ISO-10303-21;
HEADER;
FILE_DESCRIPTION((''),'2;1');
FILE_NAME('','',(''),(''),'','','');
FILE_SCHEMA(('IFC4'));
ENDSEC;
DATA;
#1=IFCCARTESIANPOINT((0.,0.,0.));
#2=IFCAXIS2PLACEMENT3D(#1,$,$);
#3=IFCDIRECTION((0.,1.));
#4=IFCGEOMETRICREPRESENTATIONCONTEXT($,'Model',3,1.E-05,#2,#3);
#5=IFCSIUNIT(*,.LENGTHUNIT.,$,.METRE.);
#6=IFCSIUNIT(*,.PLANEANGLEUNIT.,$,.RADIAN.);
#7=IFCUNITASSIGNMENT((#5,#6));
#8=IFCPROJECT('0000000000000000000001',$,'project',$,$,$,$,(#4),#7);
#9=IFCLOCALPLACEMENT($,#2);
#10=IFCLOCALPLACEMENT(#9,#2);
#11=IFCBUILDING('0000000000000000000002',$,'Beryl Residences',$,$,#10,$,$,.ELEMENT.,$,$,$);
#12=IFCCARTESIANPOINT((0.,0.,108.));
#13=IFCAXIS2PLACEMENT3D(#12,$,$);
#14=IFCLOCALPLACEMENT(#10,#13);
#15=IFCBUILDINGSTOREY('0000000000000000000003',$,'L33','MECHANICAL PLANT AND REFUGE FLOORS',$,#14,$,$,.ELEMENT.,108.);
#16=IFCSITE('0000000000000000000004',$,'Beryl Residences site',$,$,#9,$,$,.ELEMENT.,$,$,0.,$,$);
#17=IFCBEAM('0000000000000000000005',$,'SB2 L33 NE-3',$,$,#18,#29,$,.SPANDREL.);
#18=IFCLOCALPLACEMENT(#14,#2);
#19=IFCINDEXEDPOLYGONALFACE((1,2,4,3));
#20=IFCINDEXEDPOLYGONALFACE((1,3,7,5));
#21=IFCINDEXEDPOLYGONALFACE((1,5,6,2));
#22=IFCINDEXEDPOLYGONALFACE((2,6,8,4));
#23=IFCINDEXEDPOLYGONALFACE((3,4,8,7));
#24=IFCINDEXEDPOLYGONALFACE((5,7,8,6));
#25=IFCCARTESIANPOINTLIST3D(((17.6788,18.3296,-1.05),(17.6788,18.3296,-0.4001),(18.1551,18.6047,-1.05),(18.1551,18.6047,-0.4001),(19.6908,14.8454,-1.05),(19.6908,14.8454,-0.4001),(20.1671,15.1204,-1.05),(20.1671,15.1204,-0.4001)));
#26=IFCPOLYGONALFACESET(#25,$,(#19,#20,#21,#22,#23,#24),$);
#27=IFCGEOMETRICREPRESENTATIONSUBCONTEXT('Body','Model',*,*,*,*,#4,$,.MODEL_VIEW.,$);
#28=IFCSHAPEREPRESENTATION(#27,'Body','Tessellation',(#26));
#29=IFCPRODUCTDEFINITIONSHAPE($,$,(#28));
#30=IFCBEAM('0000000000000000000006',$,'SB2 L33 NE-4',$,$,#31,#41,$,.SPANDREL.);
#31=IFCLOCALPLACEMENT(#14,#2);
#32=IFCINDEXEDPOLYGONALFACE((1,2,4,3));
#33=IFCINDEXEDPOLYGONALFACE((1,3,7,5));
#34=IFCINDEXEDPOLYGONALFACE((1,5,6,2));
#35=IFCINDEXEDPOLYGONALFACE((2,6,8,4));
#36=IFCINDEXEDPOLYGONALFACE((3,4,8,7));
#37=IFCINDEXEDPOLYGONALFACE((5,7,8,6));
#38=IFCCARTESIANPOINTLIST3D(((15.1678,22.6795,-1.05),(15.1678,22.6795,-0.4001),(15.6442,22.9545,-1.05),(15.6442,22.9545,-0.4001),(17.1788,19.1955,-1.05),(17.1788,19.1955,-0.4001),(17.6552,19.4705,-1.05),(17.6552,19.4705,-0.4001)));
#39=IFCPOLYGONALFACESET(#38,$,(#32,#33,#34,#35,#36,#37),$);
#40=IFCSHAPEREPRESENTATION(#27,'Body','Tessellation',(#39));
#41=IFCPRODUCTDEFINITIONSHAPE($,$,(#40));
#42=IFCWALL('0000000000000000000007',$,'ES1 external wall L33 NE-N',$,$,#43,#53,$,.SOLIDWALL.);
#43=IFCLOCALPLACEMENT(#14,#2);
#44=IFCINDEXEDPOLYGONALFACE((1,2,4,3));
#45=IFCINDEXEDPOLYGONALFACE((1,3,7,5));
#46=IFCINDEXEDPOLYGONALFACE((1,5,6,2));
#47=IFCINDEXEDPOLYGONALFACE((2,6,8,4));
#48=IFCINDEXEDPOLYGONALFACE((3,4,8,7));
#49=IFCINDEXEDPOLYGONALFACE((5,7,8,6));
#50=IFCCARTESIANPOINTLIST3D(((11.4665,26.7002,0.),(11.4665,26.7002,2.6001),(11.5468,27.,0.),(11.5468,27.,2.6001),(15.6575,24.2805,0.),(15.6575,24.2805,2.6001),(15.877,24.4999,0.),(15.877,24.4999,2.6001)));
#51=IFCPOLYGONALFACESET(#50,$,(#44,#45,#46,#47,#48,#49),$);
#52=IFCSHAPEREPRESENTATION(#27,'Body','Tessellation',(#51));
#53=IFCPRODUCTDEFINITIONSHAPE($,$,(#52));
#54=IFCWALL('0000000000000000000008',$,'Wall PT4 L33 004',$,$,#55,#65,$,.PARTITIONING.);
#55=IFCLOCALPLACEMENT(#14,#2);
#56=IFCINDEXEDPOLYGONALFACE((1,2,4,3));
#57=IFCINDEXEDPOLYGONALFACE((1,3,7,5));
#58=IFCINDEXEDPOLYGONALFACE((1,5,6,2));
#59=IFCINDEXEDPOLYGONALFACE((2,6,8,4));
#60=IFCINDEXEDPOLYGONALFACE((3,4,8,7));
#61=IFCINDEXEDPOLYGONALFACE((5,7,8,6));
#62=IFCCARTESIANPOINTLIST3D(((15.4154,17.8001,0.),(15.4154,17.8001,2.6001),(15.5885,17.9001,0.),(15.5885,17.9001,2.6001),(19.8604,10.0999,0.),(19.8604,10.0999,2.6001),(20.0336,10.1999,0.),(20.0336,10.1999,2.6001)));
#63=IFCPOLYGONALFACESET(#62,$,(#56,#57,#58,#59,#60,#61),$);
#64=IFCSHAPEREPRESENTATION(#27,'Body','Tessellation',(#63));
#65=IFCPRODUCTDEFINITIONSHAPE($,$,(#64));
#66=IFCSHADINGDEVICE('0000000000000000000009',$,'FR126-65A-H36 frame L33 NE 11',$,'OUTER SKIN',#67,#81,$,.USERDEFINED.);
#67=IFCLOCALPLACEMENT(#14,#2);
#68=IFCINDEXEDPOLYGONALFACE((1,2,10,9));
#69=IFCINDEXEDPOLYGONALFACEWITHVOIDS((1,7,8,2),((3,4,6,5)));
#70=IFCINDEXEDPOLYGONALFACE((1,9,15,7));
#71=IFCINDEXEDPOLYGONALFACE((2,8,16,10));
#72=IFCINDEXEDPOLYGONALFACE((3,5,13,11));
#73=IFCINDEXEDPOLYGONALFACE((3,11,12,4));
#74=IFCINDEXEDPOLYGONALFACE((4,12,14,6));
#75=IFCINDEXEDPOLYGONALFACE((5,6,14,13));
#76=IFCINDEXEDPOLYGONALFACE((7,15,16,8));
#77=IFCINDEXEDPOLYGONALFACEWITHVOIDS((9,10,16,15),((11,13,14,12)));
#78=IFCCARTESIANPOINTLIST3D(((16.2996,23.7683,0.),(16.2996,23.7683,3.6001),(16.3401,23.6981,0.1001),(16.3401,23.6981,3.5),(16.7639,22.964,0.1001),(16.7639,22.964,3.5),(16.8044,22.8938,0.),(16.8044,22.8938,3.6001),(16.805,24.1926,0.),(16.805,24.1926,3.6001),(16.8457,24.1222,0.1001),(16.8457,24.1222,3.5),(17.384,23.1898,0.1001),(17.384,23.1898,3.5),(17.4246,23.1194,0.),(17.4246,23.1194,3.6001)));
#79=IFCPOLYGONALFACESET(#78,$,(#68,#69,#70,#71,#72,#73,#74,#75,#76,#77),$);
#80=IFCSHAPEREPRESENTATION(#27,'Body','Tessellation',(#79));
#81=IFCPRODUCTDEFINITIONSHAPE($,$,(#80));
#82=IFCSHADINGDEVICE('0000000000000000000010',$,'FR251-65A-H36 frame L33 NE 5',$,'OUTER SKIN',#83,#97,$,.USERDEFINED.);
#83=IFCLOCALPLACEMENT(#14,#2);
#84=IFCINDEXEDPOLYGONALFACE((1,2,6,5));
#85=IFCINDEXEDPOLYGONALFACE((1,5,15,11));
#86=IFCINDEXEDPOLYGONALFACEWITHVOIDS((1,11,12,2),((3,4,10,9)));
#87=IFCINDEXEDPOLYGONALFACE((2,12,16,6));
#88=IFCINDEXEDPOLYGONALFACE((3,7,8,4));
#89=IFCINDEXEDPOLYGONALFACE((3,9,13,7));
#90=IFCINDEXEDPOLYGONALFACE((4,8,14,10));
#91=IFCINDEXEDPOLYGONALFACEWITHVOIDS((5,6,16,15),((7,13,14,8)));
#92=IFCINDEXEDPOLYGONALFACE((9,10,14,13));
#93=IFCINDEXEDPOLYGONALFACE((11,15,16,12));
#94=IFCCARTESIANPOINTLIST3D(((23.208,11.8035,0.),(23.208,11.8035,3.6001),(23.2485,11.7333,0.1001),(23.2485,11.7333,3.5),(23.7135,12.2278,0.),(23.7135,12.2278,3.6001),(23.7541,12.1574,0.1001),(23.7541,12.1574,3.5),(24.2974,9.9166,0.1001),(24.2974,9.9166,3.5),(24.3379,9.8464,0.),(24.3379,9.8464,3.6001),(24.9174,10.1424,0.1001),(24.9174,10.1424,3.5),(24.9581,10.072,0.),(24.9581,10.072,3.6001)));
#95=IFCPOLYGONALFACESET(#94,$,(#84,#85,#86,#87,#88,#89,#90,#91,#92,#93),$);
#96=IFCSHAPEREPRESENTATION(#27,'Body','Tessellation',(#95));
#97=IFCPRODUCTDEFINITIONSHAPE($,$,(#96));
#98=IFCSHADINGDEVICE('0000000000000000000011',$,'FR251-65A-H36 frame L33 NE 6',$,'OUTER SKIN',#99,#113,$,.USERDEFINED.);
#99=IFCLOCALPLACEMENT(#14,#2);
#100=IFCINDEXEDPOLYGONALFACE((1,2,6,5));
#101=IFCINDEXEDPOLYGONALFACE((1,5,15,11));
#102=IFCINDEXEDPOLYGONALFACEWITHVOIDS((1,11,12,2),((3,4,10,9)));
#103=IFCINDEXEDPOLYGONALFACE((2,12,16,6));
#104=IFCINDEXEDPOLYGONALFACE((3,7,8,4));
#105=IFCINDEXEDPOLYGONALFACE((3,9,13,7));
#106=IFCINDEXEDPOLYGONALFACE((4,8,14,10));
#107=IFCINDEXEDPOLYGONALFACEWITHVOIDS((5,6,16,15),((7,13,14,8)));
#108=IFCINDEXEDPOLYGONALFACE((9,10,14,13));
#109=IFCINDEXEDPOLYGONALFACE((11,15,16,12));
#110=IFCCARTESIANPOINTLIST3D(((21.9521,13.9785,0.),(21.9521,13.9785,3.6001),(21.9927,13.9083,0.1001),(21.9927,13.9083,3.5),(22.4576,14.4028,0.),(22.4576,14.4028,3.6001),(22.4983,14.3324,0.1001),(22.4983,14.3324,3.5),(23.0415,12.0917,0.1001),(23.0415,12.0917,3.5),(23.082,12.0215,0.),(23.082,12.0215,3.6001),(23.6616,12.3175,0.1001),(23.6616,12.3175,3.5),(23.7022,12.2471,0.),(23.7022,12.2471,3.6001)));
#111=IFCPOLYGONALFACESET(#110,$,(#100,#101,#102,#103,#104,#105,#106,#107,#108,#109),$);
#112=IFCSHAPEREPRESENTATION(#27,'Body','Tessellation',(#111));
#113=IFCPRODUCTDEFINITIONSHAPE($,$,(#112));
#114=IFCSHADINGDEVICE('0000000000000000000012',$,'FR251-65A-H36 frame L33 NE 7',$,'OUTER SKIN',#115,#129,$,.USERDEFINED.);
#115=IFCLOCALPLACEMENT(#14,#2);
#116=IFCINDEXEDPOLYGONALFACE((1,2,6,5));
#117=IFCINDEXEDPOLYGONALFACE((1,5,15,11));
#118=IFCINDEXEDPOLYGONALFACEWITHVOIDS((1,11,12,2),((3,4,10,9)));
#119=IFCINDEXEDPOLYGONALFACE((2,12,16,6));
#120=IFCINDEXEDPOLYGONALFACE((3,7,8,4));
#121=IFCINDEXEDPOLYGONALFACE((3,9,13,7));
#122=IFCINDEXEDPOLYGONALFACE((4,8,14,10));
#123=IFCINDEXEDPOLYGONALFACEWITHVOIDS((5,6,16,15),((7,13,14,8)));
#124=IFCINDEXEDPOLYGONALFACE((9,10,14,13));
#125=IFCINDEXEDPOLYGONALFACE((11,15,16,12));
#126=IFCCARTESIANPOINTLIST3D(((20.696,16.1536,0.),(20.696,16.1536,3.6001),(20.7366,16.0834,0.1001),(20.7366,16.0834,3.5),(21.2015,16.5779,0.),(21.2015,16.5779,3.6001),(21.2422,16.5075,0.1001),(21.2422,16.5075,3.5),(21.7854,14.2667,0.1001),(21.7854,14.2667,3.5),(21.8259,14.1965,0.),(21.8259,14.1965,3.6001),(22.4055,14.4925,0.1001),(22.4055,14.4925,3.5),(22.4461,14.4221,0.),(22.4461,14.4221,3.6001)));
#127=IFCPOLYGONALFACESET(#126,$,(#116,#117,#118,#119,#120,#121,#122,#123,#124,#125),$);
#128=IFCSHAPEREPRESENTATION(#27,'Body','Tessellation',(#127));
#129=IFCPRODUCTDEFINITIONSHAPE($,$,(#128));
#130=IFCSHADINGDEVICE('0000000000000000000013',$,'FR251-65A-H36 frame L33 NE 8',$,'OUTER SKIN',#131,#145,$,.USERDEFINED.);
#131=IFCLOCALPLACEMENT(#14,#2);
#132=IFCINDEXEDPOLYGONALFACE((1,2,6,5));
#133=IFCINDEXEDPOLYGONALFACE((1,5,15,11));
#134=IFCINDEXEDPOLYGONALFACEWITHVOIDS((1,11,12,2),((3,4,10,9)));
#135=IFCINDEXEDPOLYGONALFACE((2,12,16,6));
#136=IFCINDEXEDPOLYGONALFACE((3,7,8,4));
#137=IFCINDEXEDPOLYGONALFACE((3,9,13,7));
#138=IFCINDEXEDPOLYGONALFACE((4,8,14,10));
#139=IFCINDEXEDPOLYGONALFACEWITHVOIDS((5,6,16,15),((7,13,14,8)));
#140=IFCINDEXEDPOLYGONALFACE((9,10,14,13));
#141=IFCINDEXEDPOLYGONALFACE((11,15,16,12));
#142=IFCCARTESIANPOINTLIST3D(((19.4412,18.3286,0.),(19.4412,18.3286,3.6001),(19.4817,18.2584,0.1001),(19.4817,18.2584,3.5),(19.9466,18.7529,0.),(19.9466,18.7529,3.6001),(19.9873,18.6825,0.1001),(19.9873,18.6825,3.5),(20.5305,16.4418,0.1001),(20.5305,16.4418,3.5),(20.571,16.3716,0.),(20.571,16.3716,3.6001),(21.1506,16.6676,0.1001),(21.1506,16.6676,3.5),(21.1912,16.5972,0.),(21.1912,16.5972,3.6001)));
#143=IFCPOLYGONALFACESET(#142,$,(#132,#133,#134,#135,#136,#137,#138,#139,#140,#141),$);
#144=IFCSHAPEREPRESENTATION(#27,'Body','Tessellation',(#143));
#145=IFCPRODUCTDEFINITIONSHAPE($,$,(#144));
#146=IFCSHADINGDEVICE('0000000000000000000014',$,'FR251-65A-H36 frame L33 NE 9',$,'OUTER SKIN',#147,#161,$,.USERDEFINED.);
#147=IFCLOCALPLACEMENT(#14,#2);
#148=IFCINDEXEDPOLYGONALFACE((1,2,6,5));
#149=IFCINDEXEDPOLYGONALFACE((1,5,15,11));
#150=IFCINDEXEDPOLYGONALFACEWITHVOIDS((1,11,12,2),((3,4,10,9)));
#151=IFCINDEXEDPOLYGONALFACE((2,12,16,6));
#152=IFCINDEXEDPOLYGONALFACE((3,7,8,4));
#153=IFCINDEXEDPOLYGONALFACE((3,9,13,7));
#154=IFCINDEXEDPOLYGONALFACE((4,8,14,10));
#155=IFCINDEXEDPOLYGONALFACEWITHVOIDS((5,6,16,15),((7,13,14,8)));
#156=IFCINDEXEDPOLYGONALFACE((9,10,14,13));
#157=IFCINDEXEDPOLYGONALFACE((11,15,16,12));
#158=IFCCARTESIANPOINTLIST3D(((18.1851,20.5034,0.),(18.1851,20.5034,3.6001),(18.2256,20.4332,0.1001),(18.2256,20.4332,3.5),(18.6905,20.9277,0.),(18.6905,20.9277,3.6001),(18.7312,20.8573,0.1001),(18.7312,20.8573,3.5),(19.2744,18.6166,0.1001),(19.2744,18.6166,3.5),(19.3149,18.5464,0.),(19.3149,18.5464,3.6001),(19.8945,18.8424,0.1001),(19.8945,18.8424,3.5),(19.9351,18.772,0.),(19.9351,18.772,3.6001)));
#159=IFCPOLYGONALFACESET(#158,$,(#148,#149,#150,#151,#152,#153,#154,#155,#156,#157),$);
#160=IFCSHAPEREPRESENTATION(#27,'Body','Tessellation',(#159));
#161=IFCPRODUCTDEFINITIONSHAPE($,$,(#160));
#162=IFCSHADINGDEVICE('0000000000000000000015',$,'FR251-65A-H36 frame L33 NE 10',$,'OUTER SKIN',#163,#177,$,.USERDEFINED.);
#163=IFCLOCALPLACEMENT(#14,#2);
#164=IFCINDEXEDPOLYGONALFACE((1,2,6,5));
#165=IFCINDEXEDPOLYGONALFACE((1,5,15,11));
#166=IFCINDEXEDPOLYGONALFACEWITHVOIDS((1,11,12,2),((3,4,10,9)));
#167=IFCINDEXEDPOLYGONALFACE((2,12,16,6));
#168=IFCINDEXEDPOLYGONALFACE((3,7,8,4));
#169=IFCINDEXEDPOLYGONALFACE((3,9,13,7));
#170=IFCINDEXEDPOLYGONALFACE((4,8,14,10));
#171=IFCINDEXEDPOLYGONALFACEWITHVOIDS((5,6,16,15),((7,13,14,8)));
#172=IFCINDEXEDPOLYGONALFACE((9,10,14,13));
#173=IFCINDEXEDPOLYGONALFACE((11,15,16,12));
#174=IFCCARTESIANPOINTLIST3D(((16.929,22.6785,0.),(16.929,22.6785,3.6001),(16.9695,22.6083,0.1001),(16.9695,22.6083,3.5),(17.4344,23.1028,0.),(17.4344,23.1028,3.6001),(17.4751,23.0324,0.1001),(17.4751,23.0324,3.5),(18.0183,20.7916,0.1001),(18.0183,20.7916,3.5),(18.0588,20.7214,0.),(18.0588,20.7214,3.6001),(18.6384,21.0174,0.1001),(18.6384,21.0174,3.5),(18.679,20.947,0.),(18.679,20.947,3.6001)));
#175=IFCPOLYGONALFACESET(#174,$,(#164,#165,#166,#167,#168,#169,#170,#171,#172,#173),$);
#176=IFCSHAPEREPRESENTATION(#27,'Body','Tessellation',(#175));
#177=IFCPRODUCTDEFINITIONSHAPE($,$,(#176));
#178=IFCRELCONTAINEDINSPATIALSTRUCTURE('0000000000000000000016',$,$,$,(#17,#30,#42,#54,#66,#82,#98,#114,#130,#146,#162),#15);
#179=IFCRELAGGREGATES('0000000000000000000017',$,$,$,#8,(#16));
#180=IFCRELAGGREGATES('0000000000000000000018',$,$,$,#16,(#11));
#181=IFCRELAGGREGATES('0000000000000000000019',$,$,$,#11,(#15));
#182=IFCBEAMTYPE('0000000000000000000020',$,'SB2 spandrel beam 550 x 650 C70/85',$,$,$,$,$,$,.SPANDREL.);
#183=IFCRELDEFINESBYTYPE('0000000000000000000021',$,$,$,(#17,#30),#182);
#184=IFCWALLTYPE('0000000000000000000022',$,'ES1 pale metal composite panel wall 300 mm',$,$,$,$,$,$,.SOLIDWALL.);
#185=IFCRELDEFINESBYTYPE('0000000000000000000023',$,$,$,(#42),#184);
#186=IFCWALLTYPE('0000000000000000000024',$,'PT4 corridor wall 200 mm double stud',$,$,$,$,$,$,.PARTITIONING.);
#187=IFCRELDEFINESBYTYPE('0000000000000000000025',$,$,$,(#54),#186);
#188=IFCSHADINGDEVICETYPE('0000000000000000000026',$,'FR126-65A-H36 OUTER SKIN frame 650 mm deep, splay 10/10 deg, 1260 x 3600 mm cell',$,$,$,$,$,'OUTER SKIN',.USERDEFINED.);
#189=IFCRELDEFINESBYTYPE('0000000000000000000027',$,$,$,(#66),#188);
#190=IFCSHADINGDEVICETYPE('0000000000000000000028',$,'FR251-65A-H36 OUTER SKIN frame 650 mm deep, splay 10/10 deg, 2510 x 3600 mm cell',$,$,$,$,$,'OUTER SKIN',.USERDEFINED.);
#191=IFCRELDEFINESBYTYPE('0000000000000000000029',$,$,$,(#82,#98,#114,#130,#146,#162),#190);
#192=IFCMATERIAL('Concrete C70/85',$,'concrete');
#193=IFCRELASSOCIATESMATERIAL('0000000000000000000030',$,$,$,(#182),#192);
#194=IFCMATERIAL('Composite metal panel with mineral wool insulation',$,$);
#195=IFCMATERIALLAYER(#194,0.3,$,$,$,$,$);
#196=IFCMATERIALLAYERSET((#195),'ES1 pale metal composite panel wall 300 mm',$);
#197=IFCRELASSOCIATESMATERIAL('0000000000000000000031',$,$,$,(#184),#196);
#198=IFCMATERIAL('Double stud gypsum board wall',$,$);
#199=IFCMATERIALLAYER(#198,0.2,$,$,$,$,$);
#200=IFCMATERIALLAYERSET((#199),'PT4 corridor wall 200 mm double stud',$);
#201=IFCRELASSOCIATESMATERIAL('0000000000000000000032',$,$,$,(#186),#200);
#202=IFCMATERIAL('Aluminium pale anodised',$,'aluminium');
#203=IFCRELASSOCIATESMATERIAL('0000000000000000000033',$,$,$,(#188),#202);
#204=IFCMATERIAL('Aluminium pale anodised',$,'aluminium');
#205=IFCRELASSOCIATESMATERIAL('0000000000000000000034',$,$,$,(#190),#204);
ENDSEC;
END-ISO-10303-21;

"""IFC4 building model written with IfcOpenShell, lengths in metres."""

from ifc_helpers import new_model, entity, si_unit, direction, frame, frame_2d, origin, origin_2d, place, context, subcontext, project, spatial, polyline, rectangle, outline, extrude, source, transform, mapped, material, layer, layer_set, material_profile, profile_set, type_object, type_shapes, element, save


model = new_model("IFC4")

# Units and contexts
model_context = context("Model", 3, precision=1e-05, world=origin(), true_north=direction((0.0, 1.0)))
body_context = subcontext(model_context, "Body", "Model", "MODEL_VIEW")
ifc_project = project(units=[si_unit("LENGTHUNIT", "METRE"), si_unit("PLANEANGLEUNIT", "RADIAN")], contexts=[model_context])

# Site, building, storey
site_placement = place(None, origin())
site = spatial("IfcSite", under=ifc_project, at=site_placement, Name="Beryl Residences site", CompositionType="ELEMENT", RefElevation=0.0)
building_placement = place(site_placement, origin())
building = spatial("IfcBuilding", under=site, at=building_placement, Name="Beryl Residences", CompositionType="ELEMENT")
storey_placement = place(building_placement, frame((0.0, 0.0, 108.0)))
storey = spatial("IfcBuildingStorey", under=building, at=storey_placement, Name="L33", Description="MECHANICAL PLANT AND REFUGE FLOORS", CompositionType="ELEMENT", Elevation=108.0)

# Beams
ifc_material_1 = material(Name="Concrete C70/85", Category="concrete")
ifc_material_profile_1 = material_profile(ifc_material_1, rectangle(XDim=0.55, YDim=0.6499, at=origin_2d()))
ifc_profile_set_1 = profile_set([ifc_material_profile_1], Name="Concrete C70/85")
beam_type = type_object("IfcBeamType", Name="SB2 spandrel beam 550 x 650 C70/85", PredefinedType="SPANDREL", material=ifc_profile_set_1)
beam_1_placement = place(storey_placement, frame((19.929, 14.9829, -0.7251), z_axis=(-0.500074, 0.865982, 0.0), x_axis=(-0.865982, -0.500074, 0.0)))
element("IfcBeam", 1, at=beam_1_placement, inside=storey, type_object=beam_type, Name="SB2 L33 NE-3", PredefinedType="SPANDREL", context=body_context, shape_type="SweptSolid", body=[
    extrude(rectangle(XDim=0.55, YDim=0.6499, at=origin_2d()), origin(), (0.0, 0.0, 1.0), 4.0234),
])
beam_2_placement = place(storey_placement, frame((17.417, 19.333, -0.7251), z_axis=(-0.499919, 0.866072, 0.0), x_axis=(-0.866072, -0.499919, 0.0)))
element("IfcBeam", 2, at=beam_2_placement, inside=storey, type_object=beam_type, Name="SB2 L33 NE-4", PredefinedType="SPANDREL", context=body_context, shape_type="SweptSolid", body=[
    extrude(rectangle(XDim=0.55, YDim=0.6499, at=origin_2d()), origin(), (0.0, 0.0, 1.0), 4.0227),
])

# Walls
ifc_material_2 = material(Name="Composite metal panel with mineral wool insulation")
ifc_layer_1 = layer(ifc_material_2, 0.3)
ifc_layer_set_1 = layer_set([ifc_layer_1], Name="ES1 pale metal composite panel wall 300 mm")
wall_type_1 = type_object("IfcWallType", Name="ES1 pale metal composite panel wall 300 mm", PredefinedType="SOLIDWALL", material=ifc_layer_set_1)
wall_1_placement = place(storey_placement, frame((15.802, 24.3701, 0.0), z_axis=(0.0, 0.0, 1.0), x_axis=(-0.866023, 0.500004, 0.0)))
element("IfcWall", 3, at=wall_1_placement, inside=storey, type_object=wall_type_1, Name="ES1 external wall L33 NE-N", PredefinedType="SOLIDWALL", context=body_context, shape_type="SweptSolid", body=[
    extrude(outline(polyline([(0.0, -0.1499), (5.0, -0.1499), (4.9197, 0.1499), (0.0803, 0.1499), (0.0, -0.1499)])), origin(), (0.0, 0.0, 1.0), 2.6001),
])
ifc_material_3 = material(Name="Double stud gypsum board wall")
ifc_layer_2 = layer(ifc_material_3, 0.2)
ifc_layer_set_2 = layer_set([ifc_layer_2], Name="PT4 corridor wall 200 mm double stud")
wall_type_2 = type_object("IfcWallType", Name="PT4 corridor wall 200 mm double stud", PredefinedType="PARTITIONING", material=ifc_layer_set_2)
wall_2_placement = place(storey_placement, frame((15.502, 17.8501, 0.0), z_axis=(0.0, 0.0, 1.0), x_axis=(0.499946, -0.866057, 0.0)))
element("IfcWall", 4, at=wall_2_placement, inside=storey, type_object=wall_type_2, Name="Wall PT4 L33 004", PredefinedType="PARTITIONING", context=body_context, shape_type="SweptSolid", body=[
    extrude(rectangle(XDim=8.8911, YDim=0.2, at=frame_2d((4.4456, 0.0))), origin(), (0.0, 0.0, 1.0), 2.6001),
])

# Shading devices
ifc_material_4 = material(Name="Aluminium pale anodised", Category="aluminium")
shading_device_type_1 = type_object("IfcShadingDeviceType", Name="FR126-65A-H36 OUTER SKIN frame 650 mm deep, splay 10/10 deg, 1260 x 3600 mm cell", ElementType="OUTER SKIN", PredefinedType="USERDEFINED", material=ifc_material_4)
cartesian_point_1 = entity("IfcCartesianPoint", [-0.5049, 0.0])
cartesian_point_2 = entity("IfcCartesianPoint", [-0.4238, 0.1001])
cartesian_point_3 = entity("IfcCartesianPoint", [-0.6196, 0.0])
cartesian_point_4 = entity("IfcCartesianPoint", [-0.5383, 0.1001])
shared_shape_1 = source(origin(), body_context, "Body", "SweptSolid", [
    entity("IfcExtrudedAreaSolidTapered", entity("IfcArbitraryProfileDefWithVoids", "AREA", None, entity("IfcPolyline", [cartesian_point_1, entity("IfcCartesianPoint", [0.5049, 0.0]), entity("IfcCartesianPoint", [0.5049, 3.6001]), entity("IfcCartesianPoint", [-0.5049, 3.6001]), cartesian_point_1]), [entity("IfcPolyline", [cartesian_point_2, entity("IfcCartesianPoint", [0.4238, 0.1001]), entity("IfcCartesianPoint", [0.4238, 3.5]), entity("IfcCartesianPoint", [-0.4238, 3.5]), cartesian_point_2])]), entity("IfcAxis2Placement3D", entity("IfcCartesianPoint", [0.0, 0.0, 0.0]), entity("IfcDirection", [0.0, 1.0, 0.0]), entity("IfcDirection", [-1.0, 0.0, 0.0])), entity("IfcDirection", [0.0, 0.0, 1.0]), 0.6499, entity("IfcArbitraryProfileDefWithVoids", "AREA", None, entity("IfcPolyline", [cartesian_point_3, entity("IfcCartesianPoint", [0.6196, 0.0]), entity("IfcCartesianPoint", [0.6196, 3.6001]), entity("IfcCartesianPoint", [-0.6196, 3.6001]), cartesian_point_3]), [entity("IfcPolyline", [cartesian_point_4, entity("IfcCartesianPoint", [0.5383, 0.1001]), entity("IfcCartesianPoint", [0.5383, 3.5]), entity("IfcCartesianPoint", [-0.5383, 3.5]), cartesian_point_4])])),
])
type_shapes(shading_device_type_1, [shared_shape_1])
shading_device_placement = place(storey_placement, frame((16.552, 23.3311, 0.0), z_axis=(0.0, 0.0, 1.0), x_axis=(0.5, -0.866025, 0.0)))
element("IfcShadingDevice", 5, at=shading_device_placement, inside=storey, type_object=shading_device_type_1, Name="FR126-65A-H36 frame L33 NE 11", ObjectType="OUTER SKIN", PredefinedType="USERDEFINED", context=body_context, shape_type="MappedRepresentation", body=[
    mapped(shared_shape_1, transform((0.0, 0.0, 0.0))),
])
ifc_material_5 = material(Name="Aluminium pale anodised", Category="aluminium")
shading_device_type_2 = type_object("IfcShadingDeviceType", Name="FR251-65A-H36 OUTER SKIN frame 650 mm deep, splay 10/10 deg, 2510 x 3600 mm cell", ElementType="OUTER SKIN", PredefinedType="USERDEFINED", material=ifc_material_5)
cartesian_point_5 = entity("IfcCartesianPoint", [-1.1299, 0.0])
cartesian_point_6 = entity("IfcCartesianPoint", [-1.0488, 0.1001])
cartesian_point_7 = entity("IfcCartesianPoint", [-1.2446, 0.0])
cartesian_point_8 = entity("IfcCartesianPoint", [-1.1633, 0.1001])
shared_shape_2 = source(origin(), body_context, "Body", "SweptSolid", [
    entity("IfcExtrudedAreaSolidTapered", entity("IfcArbitraryProfileDefWithVoids", "AREA", None, entity("IfcPolyline", [cartesian_point_5, entity("IfcCartesianPoint", [1.1299, 0.0]), entity("IfcCartesianPoint", [1.1299, 3.6001]), entity("IfcCartesianPoint", [-1.1299, 3.6001]), cartesian_point_5]), [entity("IfcPolyline", [cartesian_point_6, entity("IfcCartesianPoint", [1.0488, 0.1001]), entity("IfcCartesianPoint", [1.0488, 3.5]), entity("IfcCartesianPoint", [-1.0488, 3.5]), cartesian_point_6])]), entity("IfcAxis2Placement3D", entity("IfcCartesianPoint", [0.0, 0.0, 0.0]), entity("IfcDirection", [0.0, 1.0, 0.0]), entity("IfcDirection", [-1.0, 0.0, 0.0])), entity("IfcDirection", [0.0, 0.0, 1.0]), 0.6499, entity("IfcArbitraryProfileDefWithVoids", "AREA", None, entity("IfcPolyline", [cartesian_point_7, entity("IfcCartesianPoint", [1.2446, 0.0]), entity("IfcCartesianPoint", [1.2446, 3.6001]), entity("IfcCartesianPoint", [-1.2446, 3.6001]), cartesian_point_7]), [entity("IfcPolyline", [cartesian_point_8, entity("IfcCartesianPoint", [1.1633, 0.1001]), entity("IfcCartesianPoint", [1.1633, 3.5]), entity("IfcCartesianPoint", [-1.1633, 3.5]), cartesian_point_8])])),
])
type_shapes(shading_device_type_2, [shared_shape_2])
for number, where, z_axis, x_axis, name in (
    (6, (23.7729, 10.825, 0.0), (0.0, 0.0, 1.0), (0.5, -0.866025, 0.0), "FR251-65A-H36 frame L33 NE 5"),
    (7, (22.5171, 13.0, 0.0), (0.0, 0.0, 1.0), (0.5, -0.866025, 0.0), "FR251-65A-H36 frame L33 NE 6"),
    (8, (21.261, 15.175, 0.0), (0.0, 0.0, 1.0), (0.5, -0.866025, 0.0), "FR251-65A-H36 frame L33 NE 7"),
    (9, (20.0061, 17.3501, 0.0), (0.0, 0.0, 1.0), (0.5, -0.866025, 0.0), "FR251-65A-H36 frame L33 NE 8"),
    (10, (18.75, 19.5249, 0.0), (0.0, 0.0, 1.0), (0.5, -0.866025, 0.0), "FR251-65A-H36 frame L33 NE 9"),
    (11, (17.4939, 21.7, 0.0), (0.0, 0.0, 1.0), (0.5, -0.866025, 0.0), "FR251-65A-H36 frame L33 NE 10"),
):
    element("IfcShadingDevice", number, at=place(storey_placement, frame(where, z_axis=z_axis, x_axis=x_axis)), inside=storey, type_object=shading_device_type_2, Name=name, ObjectType="OUTER SKIN", PredefinedType="USERDEFINED", context=body_context, shape_type="MappedRepresentation", body=[
        mapped(shared_shape_2, transform((0.0, 0.0, 0.0))),
    ])

save(model, "model.ifc")
